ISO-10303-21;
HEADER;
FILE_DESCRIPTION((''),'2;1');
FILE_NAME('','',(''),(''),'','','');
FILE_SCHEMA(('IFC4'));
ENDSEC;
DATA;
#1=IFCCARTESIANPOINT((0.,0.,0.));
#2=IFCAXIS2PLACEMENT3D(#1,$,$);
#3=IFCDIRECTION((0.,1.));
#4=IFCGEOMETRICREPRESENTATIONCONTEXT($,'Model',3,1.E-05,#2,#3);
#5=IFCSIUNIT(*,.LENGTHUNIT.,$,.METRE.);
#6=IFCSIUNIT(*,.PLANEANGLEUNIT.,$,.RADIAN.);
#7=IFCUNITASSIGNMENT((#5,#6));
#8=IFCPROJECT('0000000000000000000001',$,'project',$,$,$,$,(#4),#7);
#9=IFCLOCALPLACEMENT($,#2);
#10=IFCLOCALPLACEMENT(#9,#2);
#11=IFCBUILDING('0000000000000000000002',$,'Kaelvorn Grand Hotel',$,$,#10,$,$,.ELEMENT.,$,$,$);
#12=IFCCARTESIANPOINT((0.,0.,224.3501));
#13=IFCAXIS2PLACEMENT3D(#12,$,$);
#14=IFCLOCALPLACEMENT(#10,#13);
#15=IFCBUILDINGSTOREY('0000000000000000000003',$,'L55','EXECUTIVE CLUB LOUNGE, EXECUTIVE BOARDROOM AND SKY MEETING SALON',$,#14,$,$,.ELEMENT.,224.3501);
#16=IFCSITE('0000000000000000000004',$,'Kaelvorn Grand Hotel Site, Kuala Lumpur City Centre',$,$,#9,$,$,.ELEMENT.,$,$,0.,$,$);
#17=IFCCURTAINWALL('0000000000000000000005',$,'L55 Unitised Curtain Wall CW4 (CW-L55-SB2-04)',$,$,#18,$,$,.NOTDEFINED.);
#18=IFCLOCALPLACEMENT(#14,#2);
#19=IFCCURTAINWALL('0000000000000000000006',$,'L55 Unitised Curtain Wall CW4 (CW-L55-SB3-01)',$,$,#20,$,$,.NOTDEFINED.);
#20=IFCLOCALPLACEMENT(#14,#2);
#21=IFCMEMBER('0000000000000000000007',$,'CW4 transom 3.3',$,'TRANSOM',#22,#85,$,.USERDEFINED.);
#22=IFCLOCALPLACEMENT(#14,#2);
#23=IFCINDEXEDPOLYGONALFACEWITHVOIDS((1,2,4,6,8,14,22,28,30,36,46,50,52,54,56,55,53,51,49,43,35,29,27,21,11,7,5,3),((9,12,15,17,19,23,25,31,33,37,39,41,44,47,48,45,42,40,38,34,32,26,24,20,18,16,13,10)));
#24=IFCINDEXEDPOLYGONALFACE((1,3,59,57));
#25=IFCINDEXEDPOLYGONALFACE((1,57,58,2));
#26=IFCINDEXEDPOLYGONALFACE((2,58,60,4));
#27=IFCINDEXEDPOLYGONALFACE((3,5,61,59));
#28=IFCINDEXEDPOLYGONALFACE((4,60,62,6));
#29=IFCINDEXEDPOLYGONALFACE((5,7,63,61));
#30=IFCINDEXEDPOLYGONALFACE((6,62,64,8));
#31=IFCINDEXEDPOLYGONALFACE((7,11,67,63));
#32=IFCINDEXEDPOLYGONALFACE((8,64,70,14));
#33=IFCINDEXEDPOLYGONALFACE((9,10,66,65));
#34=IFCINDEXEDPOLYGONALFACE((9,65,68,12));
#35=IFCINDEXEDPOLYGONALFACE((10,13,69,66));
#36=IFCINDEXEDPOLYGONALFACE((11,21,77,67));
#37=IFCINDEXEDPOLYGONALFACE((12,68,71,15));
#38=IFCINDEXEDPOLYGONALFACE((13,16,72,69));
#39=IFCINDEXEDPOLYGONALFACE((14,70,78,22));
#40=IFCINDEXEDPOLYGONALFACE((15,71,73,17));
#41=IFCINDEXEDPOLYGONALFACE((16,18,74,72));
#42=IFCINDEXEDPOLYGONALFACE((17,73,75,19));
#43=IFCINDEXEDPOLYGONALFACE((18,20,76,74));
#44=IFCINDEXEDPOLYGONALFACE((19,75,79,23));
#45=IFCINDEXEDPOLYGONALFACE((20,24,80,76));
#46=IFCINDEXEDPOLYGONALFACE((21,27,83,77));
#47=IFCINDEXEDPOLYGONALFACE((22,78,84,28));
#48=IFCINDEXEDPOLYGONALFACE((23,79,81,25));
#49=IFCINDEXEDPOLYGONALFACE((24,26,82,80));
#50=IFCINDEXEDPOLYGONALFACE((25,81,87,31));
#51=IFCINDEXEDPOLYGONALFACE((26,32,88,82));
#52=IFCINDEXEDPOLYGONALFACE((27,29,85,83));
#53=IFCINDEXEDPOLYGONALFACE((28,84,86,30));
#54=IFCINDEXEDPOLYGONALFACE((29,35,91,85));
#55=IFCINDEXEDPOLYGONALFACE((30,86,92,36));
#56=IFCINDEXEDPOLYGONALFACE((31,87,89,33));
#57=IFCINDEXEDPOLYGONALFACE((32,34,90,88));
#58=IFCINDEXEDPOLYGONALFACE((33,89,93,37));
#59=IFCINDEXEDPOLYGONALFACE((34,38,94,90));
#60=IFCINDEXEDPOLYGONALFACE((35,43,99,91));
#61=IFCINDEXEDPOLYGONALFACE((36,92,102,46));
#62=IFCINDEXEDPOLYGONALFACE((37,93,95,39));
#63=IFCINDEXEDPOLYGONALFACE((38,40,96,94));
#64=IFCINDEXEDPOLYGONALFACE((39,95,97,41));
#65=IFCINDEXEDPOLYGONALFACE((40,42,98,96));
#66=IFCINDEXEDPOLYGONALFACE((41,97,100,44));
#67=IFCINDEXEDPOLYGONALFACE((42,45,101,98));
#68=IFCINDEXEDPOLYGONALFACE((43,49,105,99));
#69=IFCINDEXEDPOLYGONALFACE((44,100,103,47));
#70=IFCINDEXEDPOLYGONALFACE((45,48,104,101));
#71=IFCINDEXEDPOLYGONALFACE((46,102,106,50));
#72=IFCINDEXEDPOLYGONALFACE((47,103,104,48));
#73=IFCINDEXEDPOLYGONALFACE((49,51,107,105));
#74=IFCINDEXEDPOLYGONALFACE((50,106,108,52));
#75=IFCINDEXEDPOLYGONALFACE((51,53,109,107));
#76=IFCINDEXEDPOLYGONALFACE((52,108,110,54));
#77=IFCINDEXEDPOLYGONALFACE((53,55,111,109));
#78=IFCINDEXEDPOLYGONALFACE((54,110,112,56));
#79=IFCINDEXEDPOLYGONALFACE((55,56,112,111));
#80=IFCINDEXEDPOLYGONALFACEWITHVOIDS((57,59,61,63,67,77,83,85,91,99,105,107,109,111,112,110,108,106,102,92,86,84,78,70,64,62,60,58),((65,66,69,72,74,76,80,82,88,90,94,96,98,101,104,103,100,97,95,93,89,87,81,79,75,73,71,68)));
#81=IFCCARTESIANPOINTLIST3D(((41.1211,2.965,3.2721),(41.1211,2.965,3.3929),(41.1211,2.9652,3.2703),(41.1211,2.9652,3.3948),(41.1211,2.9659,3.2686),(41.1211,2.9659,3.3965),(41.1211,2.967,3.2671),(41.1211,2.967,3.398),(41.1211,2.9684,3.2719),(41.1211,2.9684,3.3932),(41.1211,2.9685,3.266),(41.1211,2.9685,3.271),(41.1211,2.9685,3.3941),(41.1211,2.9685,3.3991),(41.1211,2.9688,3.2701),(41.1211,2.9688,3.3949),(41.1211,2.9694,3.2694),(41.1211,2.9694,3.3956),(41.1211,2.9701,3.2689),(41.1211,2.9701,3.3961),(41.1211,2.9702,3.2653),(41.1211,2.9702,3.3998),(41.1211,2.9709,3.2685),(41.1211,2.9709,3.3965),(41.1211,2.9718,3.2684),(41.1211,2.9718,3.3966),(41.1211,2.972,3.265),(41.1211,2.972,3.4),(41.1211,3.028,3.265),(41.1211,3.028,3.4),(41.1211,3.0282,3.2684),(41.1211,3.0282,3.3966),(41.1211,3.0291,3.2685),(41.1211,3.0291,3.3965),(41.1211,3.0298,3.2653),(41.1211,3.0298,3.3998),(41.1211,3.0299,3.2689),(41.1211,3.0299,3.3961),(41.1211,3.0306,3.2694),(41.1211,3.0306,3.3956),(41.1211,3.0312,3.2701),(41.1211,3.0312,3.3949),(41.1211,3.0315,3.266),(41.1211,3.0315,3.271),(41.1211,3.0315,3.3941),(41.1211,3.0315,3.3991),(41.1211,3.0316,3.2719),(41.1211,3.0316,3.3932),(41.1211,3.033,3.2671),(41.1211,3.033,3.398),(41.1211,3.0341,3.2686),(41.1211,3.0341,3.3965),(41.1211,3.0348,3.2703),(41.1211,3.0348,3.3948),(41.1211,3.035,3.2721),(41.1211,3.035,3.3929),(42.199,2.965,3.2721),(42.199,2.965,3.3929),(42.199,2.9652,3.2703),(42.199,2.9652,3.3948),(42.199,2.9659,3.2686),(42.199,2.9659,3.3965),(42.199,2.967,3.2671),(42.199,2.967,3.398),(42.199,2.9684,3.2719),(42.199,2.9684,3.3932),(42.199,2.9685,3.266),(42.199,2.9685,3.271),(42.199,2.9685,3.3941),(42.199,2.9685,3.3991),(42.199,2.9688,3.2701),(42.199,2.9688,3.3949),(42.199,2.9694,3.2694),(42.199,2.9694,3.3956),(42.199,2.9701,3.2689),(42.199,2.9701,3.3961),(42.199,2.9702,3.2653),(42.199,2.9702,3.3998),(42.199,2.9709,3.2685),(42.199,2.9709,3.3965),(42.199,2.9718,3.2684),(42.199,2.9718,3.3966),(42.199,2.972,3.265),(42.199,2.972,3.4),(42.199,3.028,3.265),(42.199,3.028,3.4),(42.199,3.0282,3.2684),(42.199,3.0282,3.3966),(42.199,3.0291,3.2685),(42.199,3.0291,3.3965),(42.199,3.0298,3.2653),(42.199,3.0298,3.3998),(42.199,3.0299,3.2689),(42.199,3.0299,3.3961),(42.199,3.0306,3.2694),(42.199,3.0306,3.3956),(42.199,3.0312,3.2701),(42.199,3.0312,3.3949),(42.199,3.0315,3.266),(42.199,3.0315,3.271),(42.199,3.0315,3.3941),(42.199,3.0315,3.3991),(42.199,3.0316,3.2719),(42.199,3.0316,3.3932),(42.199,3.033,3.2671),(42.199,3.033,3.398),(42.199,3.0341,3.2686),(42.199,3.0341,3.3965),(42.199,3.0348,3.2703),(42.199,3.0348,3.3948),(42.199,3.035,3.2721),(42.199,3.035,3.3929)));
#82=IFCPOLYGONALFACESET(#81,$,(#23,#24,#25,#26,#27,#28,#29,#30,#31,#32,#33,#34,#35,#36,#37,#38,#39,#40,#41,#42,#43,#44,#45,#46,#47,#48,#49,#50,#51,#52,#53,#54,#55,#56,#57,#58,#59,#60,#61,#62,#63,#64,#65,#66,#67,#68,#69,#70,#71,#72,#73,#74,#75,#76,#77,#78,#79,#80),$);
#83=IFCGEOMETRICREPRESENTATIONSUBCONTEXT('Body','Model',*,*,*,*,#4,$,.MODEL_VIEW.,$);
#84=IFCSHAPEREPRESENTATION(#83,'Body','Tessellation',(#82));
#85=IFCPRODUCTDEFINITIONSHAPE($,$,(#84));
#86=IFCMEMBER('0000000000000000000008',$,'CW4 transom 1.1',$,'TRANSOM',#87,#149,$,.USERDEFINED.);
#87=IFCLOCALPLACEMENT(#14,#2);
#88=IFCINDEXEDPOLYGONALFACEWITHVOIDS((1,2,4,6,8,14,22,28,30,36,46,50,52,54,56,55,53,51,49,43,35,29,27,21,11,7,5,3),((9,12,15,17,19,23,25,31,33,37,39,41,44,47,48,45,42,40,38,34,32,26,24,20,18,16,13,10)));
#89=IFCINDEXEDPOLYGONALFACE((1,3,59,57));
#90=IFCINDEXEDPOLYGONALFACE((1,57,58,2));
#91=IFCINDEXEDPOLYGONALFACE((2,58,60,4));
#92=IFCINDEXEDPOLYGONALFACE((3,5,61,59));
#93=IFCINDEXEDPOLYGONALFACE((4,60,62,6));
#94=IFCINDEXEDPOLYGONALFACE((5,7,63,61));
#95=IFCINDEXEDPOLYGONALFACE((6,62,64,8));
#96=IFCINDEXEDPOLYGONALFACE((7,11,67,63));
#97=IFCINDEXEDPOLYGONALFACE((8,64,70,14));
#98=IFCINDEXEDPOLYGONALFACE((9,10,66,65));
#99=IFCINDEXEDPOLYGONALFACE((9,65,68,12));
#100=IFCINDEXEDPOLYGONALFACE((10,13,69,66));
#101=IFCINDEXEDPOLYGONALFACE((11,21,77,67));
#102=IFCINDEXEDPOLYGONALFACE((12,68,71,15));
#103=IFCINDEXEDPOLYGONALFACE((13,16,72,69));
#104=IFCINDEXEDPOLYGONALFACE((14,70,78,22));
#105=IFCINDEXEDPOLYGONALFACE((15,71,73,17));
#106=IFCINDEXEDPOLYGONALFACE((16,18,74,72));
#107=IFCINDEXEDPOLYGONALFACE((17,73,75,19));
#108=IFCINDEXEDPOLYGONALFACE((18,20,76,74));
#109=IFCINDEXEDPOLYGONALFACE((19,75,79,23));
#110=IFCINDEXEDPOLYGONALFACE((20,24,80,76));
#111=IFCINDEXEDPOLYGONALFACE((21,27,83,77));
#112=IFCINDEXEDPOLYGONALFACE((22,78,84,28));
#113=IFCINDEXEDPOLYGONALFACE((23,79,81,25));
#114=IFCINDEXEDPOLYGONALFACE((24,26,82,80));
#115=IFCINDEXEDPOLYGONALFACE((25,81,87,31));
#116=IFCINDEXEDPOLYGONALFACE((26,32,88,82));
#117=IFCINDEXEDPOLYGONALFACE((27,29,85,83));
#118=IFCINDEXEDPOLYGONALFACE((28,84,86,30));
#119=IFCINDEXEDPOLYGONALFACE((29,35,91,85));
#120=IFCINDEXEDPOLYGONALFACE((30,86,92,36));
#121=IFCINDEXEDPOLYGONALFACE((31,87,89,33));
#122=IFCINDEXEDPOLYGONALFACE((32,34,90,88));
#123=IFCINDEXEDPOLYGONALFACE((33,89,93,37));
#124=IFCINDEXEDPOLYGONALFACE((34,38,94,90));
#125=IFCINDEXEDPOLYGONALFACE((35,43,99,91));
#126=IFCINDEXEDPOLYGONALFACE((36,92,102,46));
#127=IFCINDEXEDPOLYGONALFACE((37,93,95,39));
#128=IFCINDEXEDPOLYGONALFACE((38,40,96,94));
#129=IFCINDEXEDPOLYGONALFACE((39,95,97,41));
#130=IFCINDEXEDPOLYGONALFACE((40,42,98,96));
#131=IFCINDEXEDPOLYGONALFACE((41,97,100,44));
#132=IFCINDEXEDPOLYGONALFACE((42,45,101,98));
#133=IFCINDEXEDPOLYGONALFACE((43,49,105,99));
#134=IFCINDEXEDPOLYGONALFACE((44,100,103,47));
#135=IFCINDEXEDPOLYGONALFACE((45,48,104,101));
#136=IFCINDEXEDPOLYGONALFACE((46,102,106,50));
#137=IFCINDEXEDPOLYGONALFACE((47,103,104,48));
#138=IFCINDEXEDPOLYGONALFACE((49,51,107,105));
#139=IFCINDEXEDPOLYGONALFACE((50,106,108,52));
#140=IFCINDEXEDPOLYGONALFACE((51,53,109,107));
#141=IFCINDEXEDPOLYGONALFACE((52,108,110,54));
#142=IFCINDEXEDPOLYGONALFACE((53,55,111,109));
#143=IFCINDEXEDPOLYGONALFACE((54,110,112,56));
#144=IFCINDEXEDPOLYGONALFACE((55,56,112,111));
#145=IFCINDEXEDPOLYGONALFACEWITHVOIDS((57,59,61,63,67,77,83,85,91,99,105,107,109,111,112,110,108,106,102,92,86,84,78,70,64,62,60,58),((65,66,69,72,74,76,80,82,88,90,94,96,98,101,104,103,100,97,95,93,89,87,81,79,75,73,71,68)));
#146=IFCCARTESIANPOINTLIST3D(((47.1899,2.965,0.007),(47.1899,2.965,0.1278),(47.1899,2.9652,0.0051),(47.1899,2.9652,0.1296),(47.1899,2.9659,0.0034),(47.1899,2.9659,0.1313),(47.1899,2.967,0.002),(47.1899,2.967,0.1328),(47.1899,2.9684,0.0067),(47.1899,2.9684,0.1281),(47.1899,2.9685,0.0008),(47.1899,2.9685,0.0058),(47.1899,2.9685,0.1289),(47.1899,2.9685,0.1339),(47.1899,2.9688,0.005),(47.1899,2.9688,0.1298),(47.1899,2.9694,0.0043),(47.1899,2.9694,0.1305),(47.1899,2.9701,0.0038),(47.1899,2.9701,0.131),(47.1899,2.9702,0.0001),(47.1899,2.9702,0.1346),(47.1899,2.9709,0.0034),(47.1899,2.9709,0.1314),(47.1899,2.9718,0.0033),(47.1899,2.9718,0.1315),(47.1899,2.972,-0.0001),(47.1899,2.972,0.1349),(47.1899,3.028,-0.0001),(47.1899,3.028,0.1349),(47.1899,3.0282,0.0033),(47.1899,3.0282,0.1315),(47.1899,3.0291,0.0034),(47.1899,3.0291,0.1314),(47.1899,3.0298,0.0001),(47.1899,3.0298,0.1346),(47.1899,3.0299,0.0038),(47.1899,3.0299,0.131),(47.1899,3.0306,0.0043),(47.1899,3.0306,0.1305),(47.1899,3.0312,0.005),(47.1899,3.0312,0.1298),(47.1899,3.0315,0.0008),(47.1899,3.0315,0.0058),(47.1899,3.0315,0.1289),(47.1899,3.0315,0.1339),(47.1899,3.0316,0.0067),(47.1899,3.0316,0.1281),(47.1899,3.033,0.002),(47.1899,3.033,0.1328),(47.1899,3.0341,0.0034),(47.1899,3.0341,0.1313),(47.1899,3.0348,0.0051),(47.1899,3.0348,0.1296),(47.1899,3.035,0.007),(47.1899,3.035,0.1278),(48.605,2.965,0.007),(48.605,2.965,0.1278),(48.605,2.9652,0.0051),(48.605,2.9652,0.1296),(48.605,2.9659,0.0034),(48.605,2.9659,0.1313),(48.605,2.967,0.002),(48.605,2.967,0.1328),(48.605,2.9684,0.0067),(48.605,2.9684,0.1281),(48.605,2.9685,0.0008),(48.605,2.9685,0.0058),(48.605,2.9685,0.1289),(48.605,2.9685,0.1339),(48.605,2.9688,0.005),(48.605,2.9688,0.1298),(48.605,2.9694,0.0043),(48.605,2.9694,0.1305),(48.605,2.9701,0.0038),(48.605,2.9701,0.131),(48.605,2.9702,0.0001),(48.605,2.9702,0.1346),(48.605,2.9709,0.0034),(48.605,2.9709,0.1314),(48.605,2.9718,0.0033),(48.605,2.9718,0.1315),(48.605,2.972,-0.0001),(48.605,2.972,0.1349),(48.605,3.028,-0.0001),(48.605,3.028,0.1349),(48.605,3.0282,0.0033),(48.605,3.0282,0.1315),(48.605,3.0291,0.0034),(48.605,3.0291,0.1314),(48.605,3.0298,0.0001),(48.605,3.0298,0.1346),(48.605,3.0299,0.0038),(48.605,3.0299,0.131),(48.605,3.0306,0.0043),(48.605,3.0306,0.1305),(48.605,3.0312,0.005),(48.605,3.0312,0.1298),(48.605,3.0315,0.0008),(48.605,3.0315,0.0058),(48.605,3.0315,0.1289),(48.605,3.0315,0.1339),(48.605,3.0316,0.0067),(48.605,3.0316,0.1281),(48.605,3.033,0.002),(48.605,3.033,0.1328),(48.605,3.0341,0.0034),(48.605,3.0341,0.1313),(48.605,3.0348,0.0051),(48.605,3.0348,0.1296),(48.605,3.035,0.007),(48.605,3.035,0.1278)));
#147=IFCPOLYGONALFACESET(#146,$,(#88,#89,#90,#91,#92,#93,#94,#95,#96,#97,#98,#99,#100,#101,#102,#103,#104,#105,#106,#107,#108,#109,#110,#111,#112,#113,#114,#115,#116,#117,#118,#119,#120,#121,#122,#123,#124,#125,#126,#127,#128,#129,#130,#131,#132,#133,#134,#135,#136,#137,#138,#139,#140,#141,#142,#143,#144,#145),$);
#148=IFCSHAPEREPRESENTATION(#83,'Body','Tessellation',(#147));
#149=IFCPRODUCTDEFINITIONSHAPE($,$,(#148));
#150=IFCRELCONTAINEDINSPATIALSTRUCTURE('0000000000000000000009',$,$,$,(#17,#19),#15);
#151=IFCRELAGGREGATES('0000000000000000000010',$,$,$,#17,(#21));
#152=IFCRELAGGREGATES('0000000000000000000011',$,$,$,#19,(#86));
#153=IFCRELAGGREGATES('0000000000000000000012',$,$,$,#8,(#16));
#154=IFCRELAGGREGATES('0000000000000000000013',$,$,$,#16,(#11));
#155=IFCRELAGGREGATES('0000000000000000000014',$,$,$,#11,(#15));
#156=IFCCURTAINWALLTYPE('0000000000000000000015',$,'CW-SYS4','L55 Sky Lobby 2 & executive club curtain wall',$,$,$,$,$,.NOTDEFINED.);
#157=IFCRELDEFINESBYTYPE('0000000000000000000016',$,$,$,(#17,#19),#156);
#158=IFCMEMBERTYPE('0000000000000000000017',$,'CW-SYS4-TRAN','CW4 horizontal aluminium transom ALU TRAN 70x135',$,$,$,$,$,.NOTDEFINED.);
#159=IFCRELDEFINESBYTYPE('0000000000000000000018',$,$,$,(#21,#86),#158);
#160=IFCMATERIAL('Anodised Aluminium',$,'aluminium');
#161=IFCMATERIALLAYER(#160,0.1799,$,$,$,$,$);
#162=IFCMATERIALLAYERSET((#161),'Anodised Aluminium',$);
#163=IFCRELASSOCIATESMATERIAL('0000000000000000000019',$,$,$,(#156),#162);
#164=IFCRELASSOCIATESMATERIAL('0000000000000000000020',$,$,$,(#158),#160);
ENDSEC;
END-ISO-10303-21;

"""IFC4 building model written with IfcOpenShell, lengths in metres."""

from ifc_helpers import new_model, si_unit, direction, frame, origin, origin_2d, place, context, subcontext, project, spatial, hollow_rectangle, extrude, material, layer, layer_set, material_profile, profile_set, type_object, element, aggregate, save


model = new_model("IFC4")

# Units and contexts
model_context = context("Model", 3, precision=1e-05, world=origin(), true_north=direction((0.0, 1.0)))
body_context = subcontext(model_context, "Body", "Model", "MODEL_VIEW")
ifc_project = project(units=[si_unit("LENGTHUNIT", "METRE"), si_unit("PLANEANGLEUNIT", "RADIAN")], contexts=[model_context])

# Site, building, storey
site_placement = place(None, origin())
site = spatial("IfcSite", under=ifc_project, at=site_placement, Name="Kaelvorn Grand Hotel Site, Kuala Lumpur City Centre", CompositionType="ELEMENT", RefElevation=0.0)
building_placement = place(site_placement, origin())
building = spatial("IfcBuilding", under=site, at=building_placement, Name="Kaelvorn Grand Hotel", CompositionType="ELEMENT")
storey_placement = place(building_placement, frame((0.0, 0.0, 224.3501)))
storey = spatial("IfcBuildingStorey", under=building, at=storey_placement, Name="L55", Description="EXECUTIVE CLUB LOUNGE, EXECUTIVE BOARDROOM AND SKY MEETING SALON", CompositionType="ELEMENT", Elevation=224.3501)

# Curtain walls
ifc_material_1 = material(Name="Anodised Aluminium", Category="aluminium")
ifc_layer_1 = layer(ifc_material_1, 0.1799)
ifc_layer_set_1 = layer_set([ifc_layer_1], Name="Anodised Aluminium")
curtain_wall_type = type_object("IfcCurtainWallType", Name="CW-SYS4", Description="L55 Sky Lobby 2 & executive club curtain wall", PredefinedType="NOTDEFINED", material=ifc_layer_set_1)
curtain_wall_1_placement = place(storey_placement, origin())
curtain_wall_1 = element("IfcCurtainWall", 1, at=curtain_wall_1_placement, inside=storey, type_object=curtain_wall_type, Name="L55 Unitised Curtain Wall CW4 (CW-L55-SB2-04)", PredefinedType="NOTDEFINED")
curtain_wall_2_placement = place(storey_placement, origin())
curtain_wall_2 = element("IfcCurtainWall", 2, at=curtain_wall_2_placement, inside=storey, type_object=curtain_wall_type, Name="L55 Unitised Curtain Wall CW4 (CW-L55-SB3-01)", PredefinedType="NOTDEFINED")

# Members
ifc_material_profile_1 = material_profile(ifc_material_1, hollow_rectangle(XDim=0.0701, YDim=0.135, WallThickness=0.0034, InnerFilletRadius=0.0034, OuterFilletRadius=0.0071, at=origin_2d()), Name="ALU TRAN 70x135")
ifc_profile_set_1 = profile_set([ifc_material_profile_1], Name="Anodised Aluminium")
member_type_1 = type_object("IfcMemberType", Name="CW-SYS4-TRAN", Description="CW4 horizontal aluminium transom ALU TRAN 70x135", PredefinedType="NOTDEFINED", material=ifc_profile_set_1)
member_1_placement = place(storey_placement, frame((41.1211, 3.0, 3.3325), z_axis=(1.0, 0.0, 0.0), x_axis=(0.0, 1.0, 0.0)))
member_1 = element("IfcMember", 3, at=member_1_placement, type_object=member_type_1, Name="CW4 transom 3.3", ObjectType="TRANSOM", PredefinedType="USERDEFINED", context=body_context, shape_type="SweptSolid", body=[
    extrude(hollow_rectangle(XDim=0.0701, YDim=0.135, WallThickness=0.0034, InnerFilletRadius=0.0034, OuterFilletRadius=0.0071, at=origin_2d()), origin(), (0.0, 0.0, 1.0), 1.0779),
])
member_2_placement = place(storey_placement, frame((47.1899, 3.0, 0.0674), z_axis=(1.0, 0.0, 0.0), x_axis=(0.0, 1.0, 0.0)))
member_2 = element("IfcMember", 4, at=member_2_placement, type_object=member_type_1, Name="CW4 transom 1.1", ObjectType="TRANSOM", PredefinedType="USERDEFINED", context=body_context, shape_type="SweptSolid", body=[
    extrude(hollow_rectangle(XDim=0.0701, YDim=0.135, WallThickness=0.0034, InnerFilletRadius=0.0034, OuterFilletRadius=0.0071, at=origin_2d()), origin(), (0.0, 0.0, 1.0), 1.415),
])

aggregate(curtain_wall_1, [member_1])
aggregate(curtain_wall_2, [member_2])

save(model, "model.ifc")
